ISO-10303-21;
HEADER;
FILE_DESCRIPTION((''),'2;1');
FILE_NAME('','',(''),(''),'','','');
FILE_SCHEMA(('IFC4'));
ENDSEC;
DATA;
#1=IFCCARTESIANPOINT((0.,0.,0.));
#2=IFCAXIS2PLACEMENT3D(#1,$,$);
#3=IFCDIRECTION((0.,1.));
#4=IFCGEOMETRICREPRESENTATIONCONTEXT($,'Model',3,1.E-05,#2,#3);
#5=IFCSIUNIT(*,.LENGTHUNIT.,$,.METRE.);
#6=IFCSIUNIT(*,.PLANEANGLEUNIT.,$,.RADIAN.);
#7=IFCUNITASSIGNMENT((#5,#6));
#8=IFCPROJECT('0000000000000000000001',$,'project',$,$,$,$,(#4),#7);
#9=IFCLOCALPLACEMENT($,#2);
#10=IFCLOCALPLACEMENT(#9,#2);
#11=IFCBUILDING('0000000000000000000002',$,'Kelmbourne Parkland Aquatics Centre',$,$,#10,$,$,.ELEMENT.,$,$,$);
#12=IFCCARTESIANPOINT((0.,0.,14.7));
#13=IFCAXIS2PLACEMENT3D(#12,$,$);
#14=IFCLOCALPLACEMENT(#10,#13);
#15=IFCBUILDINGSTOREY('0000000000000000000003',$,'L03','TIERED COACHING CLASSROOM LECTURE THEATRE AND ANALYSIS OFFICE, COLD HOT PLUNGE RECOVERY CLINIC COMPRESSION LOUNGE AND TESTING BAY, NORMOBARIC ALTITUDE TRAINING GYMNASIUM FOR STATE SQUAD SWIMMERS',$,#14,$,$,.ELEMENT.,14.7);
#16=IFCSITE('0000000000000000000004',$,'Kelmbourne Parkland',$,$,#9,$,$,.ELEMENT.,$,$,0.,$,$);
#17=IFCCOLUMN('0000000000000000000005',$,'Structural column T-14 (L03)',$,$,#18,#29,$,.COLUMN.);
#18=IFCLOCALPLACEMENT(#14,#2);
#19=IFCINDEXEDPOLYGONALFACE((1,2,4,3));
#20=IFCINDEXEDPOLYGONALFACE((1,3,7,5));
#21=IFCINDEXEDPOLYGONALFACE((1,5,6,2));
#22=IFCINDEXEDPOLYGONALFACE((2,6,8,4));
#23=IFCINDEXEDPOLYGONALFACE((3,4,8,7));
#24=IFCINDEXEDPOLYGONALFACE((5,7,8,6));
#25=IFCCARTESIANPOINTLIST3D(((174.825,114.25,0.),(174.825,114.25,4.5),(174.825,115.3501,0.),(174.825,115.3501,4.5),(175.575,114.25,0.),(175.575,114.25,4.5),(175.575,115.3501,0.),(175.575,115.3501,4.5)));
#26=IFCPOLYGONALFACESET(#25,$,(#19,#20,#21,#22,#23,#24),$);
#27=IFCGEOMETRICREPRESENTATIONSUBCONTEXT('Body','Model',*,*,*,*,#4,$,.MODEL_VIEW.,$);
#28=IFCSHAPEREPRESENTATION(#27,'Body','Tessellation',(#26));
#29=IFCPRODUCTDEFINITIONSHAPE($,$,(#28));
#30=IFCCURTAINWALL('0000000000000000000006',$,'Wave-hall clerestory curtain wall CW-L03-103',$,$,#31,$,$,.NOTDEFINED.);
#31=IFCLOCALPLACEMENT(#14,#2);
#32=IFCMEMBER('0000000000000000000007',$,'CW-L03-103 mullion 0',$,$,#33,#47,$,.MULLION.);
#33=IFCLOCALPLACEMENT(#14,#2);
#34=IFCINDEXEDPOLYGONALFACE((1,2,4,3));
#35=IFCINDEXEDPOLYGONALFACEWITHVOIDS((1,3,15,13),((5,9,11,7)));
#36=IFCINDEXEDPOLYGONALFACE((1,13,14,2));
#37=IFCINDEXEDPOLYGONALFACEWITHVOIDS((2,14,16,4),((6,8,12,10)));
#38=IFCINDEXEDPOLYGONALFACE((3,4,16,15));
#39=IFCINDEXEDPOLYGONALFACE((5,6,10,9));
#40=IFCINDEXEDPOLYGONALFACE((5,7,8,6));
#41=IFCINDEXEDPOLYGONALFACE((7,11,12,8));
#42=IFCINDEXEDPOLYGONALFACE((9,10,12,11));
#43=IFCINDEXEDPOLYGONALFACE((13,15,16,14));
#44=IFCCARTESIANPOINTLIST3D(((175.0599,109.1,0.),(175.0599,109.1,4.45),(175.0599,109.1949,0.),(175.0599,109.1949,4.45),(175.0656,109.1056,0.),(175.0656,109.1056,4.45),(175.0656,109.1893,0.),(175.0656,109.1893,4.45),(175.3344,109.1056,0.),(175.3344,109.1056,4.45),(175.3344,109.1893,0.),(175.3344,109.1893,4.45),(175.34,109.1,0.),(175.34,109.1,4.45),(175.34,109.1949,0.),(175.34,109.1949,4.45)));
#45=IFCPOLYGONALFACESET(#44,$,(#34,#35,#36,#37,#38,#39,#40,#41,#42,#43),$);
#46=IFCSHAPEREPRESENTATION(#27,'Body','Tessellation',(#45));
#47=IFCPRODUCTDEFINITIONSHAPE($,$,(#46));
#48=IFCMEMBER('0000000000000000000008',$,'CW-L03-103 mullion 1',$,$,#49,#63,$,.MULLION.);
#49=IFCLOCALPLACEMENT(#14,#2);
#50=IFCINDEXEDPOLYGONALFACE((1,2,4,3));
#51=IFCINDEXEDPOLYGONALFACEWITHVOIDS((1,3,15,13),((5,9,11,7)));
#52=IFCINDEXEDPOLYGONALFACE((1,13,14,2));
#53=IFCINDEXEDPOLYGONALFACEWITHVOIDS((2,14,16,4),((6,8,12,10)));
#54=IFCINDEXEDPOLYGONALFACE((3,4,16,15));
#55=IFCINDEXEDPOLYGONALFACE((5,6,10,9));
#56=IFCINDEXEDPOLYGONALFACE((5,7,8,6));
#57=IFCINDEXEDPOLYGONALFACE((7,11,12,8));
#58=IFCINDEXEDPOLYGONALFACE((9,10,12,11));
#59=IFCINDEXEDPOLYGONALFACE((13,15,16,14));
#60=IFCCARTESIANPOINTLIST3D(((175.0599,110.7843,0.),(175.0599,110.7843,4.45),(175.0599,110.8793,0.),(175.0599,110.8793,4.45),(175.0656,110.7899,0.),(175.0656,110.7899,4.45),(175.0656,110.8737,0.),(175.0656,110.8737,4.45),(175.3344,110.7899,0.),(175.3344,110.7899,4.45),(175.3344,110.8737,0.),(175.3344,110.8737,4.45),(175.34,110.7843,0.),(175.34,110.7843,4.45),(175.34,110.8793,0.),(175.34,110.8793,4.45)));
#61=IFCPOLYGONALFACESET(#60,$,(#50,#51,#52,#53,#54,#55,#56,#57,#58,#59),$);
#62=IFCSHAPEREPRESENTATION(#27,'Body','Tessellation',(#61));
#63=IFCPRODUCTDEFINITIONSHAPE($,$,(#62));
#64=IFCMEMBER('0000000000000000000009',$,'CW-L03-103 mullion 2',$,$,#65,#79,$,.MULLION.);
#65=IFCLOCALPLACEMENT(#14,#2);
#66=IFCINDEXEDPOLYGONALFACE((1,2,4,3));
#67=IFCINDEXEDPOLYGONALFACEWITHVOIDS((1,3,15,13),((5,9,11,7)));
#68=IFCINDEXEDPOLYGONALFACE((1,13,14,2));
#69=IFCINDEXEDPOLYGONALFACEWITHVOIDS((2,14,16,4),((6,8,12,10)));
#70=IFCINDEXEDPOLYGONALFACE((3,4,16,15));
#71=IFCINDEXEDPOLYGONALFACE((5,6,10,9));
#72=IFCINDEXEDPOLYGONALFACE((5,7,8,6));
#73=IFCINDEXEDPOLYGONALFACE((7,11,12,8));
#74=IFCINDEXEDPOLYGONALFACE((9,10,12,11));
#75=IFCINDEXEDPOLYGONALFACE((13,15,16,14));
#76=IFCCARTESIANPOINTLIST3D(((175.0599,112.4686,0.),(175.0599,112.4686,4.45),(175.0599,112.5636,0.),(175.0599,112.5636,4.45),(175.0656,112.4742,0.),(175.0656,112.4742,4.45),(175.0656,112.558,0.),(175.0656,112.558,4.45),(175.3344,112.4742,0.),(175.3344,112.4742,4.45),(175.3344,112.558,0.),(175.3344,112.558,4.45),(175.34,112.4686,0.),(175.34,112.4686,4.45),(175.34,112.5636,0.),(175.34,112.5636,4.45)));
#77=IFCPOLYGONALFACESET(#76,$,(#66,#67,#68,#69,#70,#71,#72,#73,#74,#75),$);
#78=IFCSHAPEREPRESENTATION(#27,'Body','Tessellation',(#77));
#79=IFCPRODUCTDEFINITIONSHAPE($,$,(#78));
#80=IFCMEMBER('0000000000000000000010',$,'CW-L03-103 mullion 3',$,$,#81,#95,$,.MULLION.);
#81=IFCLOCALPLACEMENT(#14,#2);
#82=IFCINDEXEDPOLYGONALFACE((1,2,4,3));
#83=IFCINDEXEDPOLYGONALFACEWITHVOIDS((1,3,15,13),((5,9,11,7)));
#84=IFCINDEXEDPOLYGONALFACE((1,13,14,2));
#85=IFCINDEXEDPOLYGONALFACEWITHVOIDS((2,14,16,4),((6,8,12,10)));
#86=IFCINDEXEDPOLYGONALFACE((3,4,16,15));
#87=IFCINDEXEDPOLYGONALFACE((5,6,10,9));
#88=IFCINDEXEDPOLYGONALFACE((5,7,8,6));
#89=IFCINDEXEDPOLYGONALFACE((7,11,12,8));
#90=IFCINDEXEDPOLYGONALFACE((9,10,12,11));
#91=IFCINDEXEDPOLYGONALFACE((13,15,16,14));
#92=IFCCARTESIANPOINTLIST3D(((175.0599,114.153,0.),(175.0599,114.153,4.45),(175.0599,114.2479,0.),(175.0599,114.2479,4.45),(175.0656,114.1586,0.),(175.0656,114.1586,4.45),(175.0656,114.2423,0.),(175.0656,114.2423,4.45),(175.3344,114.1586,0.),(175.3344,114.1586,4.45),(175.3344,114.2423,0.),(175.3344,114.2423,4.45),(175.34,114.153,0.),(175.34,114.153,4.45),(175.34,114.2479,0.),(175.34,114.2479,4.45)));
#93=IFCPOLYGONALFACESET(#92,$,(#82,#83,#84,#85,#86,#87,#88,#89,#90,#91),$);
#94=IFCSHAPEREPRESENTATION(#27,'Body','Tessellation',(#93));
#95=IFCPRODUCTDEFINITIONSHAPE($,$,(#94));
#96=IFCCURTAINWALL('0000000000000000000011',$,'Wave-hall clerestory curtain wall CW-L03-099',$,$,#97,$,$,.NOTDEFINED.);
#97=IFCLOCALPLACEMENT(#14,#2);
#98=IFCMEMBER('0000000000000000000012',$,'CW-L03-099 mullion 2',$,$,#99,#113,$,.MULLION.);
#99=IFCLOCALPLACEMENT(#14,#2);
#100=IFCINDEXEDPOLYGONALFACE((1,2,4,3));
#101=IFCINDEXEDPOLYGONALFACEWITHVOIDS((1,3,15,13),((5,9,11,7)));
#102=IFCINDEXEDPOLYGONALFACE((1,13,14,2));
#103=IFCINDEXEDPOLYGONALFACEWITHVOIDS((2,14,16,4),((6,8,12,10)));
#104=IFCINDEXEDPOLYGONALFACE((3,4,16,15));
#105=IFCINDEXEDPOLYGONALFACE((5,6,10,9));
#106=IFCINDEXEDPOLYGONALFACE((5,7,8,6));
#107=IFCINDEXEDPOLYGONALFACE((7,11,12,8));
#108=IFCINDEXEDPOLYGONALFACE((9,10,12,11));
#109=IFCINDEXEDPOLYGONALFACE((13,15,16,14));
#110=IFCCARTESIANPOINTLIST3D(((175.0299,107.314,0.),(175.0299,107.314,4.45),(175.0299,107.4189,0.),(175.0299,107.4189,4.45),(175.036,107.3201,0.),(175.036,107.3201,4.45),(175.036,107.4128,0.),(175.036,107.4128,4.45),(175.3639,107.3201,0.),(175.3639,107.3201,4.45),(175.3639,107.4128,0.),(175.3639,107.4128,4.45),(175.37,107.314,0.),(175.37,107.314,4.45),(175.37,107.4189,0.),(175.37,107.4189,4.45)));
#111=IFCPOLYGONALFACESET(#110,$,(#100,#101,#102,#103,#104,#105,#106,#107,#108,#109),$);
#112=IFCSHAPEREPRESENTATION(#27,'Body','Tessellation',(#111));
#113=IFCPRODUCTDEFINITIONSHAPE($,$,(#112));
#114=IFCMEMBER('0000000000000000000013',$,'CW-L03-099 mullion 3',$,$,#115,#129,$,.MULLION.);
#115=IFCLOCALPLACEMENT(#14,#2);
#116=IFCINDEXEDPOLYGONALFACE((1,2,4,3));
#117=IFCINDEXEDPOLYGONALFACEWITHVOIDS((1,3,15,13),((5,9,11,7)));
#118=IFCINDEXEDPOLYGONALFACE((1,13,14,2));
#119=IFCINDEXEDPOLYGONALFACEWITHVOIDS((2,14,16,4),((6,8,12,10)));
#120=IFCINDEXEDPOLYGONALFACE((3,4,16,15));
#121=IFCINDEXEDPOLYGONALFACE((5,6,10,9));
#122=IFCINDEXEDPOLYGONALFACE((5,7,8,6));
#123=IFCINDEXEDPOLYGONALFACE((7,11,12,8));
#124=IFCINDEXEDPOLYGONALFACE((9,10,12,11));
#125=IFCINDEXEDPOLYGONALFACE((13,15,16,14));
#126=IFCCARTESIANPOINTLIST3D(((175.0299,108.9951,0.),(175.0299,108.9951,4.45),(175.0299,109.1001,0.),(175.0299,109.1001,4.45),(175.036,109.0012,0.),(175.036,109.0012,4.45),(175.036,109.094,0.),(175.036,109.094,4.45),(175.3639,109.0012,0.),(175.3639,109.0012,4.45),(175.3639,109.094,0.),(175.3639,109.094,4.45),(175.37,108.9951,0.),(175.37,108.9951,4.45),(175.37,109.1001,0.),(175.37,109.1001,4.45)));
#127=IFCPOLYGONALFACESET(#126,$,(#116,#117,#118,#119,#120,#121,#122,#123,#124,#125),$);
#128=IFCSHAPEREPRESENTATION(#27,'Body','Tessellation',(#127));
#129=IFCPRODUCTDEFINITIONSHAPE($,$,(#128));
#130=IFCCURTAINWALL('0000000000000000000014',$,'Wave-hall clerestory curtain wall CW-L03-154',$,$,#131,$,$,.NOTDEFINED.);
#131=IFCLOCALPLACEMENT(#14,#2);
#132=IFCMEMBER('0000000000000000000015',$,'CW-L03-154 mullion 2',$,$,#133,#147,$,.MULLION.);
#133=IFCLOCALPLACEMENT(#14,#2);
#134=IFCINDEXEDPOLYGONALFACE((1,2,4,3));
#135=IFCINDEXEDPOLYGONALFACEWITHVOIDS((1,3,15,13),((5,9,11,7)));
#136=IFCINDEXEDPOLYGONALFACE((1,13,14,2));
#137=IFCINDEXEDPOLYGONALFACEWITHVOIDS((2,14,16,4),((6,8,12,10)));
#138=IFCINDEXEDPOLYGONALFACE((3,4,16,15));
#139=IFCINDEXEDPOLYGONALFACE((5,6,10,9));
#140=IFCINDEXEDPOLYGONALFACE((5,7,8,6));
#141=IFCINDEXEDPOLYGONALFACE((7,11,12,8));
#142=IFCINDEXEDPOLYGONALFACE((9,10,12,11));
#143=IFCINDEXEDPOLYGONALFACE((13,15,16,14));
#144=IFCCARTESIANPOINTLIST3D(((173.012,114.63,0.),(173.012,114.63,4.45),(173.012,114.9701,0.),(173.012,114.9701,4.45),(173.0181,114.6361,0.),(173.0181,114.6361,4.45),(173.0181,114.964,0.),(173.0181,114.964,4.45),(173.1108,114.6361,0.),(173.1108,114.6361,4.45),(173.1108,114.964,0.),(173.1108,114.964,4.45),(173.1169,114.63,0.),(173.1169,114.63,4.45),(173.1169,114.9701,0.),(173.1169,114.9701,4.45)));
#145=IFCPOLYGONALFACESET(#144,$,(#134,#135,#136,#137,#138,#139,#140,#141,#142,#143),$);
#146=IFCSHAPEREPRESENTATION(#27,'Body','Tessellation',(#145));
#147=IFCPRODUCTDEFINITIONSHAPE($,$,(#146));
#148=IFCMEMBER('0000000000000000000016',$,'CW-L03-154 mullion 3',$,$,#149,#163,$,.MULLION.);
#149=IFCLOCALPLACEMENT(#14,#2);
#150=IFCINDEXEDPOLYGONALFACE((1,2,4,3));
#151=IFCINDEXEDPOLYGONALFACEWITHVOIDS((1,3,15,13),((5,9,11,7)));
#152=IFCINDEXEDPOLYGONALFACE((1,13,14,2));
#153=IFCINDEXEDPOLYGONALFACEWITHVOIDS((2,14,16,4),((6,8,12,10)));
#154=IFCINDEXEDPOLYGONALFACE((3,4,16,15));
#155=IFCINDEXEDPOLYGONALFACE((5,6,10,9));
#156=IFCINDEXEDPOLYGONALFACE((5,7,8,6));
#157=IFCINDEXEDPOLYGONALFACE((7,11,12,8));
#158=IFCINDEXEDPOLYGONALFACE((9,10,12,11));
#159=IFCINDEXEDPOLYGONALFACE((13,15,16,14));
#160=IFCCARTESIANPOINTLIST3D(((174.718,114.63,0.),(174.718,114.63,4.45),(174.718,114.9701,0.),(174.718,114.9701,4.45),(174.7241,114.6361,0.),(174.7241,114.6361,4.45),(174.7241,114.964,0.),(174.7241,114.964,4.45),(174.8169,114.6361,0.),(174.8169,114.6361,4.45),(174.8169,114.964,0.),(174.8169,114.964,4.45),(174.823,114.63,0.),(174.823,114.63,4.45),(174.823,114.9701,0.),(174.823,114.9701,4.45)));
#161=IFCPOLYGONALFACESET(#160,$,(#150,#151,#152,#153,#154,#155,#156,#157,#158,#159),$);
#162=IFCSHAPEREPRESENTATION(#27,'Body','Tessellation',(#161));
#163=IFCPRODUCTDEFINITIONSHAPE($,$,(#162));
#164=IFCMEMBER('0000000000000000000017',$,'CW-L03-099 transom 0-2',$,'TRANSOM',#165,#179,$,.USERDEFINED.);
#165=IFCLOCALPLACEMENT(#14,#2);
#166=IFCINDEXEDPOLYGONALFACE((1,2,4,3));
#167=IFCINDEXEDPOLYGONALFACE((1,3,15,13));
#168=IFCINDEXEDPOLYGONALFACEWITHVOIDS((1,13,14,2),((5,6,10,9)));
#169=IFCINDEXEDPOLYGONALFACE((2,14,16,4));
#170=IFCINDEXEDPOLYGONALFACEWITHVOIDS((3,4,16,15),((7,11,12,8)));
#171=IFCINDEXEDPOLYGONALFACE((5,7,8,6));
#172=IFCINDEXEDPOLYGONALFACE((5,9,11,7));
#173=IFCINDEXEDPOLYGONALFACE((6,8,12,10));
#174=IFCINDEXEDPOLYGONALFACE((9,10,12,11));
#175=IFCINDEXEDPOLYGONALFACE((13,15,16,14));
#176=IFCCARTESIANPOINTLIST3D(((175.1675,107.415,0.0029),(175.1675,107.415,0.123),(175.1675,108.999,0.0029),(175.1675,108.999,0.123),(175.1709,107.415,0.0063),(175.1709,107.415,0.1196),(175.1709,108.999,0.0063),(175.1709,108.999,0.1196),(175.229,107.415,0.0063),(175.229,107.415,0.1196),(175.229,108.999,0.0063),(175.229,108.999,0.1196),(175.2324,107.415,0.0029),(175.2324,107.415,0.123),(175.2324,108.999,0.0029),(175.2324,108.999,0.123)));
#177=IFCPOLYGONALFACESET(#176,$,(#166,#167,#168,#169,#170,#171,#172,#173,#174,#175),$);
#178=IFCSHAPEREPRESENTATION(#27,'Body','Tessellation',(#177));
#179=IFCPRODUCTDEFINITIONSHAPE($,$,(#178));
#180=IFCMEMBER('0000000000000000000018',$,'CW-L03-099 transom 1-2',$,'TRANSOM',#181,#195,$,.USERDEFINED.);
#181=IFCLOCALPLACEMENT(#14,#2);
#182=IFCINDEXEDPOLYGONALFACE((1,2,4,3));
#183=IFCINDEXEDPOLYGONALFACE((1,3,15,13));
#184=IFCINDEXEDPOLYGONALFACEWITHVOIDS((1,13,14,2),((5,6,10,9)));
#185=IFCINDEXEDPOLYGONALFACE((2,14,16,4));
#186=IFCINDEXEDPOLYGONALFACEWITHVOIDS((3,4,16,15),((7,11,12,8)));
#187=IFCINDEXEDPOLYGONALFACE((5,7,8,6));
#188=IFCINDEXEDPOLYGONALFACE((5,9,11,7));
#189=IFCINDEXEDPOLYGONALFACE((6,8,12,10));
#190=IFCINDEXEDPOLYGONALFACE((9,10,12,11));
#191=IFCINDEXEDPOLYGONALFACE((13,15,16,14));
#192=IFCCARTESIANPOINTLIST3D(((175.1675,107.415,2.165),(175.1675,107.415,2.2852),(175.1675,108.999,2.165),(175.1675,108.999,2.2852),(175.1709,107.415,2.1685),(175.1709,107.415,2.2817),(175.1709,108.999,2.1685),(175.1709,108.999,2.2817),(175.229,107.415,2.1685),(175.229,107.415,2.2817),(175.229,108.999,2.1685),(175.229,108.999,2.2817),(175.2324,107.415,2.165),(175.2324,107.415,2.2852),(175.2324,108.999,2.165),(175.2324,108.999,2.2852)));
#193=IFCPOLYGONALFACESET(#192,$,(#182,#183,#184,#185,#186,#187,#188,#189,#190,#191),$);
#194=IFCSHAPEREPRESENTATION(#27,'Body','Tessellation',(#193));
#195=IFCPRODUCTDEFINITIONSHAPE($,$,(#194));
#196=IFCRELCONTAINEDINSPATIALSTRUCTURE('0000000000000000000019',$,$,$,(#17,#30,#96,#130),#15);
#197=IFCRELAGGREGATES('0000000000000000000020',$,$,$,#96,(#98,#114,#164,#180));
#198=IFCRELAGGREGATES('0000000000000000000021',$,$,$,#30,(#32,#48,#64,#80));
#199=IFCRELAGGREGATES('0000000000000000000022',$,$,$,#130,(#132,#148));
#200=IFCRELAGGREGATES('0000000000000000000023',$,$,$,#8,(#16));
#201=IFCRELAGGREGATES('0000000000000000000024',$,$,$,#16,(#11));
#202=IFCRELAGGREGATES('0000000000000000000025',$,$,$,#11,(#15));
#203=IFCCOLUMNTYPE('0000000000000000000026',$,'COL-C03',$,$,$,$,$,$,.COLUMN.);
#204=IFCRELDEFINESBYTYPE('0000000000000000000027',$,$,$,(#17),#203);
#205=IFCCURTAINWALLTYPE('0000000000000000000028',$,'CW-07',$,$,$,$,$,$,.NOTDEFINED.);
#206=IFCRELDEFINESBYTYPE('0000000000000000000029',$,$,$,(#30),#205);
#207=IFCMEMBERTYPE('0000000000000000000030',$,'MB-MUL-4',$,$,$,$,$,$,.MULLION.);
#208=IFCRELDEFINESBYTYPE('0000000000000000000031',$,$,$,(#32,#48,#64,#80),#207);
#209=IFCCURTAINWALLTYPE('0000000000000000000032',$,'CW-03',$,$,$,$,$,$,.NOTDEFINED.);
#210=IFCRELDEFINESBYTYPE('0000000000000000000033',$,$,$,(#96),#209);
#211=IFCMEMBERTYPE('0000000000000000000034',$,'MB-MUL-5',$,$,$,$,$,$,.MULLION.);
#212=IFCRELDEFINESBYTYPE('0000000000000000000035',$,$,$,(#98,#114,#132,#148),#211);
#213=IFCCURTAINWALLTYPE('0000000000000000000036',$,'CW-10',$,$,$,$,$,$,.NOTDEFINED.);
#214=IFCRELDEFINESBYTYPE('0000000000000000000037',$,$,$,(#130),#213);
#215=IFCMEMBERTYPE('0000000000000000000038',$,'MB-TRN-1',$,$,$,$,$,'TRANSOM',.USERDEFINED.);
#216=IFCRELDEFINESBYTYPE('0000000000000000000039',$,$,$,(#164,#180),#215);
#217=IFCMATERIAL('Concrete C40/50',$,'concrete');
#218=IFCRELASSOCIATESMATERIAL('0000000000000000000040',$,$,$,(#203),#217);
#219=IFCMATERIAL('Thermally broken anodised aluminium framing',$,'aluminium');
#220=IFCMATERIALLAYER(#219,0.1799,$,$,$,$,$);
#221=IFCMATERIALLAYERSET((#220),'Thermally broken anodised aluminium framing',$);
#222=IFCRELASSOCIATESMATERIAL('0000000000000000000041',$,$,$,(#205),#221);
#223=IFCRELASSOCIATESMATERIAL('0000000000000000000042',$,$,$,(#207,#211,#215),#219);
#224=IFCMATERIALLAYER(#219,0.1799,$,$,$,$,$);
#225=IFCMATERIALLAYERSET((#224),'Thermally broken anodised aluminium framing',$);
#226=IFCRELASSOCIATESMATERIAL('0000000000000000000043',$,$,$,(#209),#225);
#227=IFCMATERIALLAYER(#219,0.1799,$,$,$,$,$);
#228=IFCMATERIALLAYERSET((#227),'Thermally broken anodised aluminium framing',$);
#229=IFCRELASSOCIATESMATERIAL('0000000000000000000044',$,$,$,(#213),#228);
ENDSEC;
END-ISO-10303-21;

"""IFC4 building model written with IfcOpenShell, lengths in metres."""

from ifc_helpers import new_model, si_unit, direction, frame, origin, origin_2d, place, context, subcontext, project, spatial, rectangle, hollow_rectangle, extrude, material, layer, layer_set, material_profile, profile_set, type_object, element, aggregate, save


model = new_model("IFC4")

# Units and contexts
model_context = context("Model", 3, precision=1e-05, world=origin(), true_north=direction((0.0, 1.0)))
body_context = subcontext(model_context, "Body", "Model", "MODEL_VIEW")
ifc_project = project(units=[si_unit("LENGTHUNIT", "METRE"), si_unit("PLANEANGLEUNIT", "RADIAN")], contexts=[model_context])

# Site, building, storey
site_placement = place(None, origin())
site = spatial("IfcSite", under=ifc_project, at=site_placement, Name="Kelmbourne Parkland", CompositionType="ELEMENT", RefElevation=0.0)
building_placement = place(site_placement, origin())
building = spatial("IfcBuilding", under=site, at=building_placement, Name="Kelmbourne Parkland Aquatics Centre", CompositionType="ELEMENT")
storey_placement = place(building_placement, frame((0.0, 0.0, 14.7)))
storey = spatial("IfcBuildingStorey", under=building, at=storey_placement, Name="L03", Description="TIERED COACHING CLASSROOM LECTURE THEATRE AND ANALYSIS OFFICE, COLD HOT PLUNGE RECOVERY CLINIC COMPRESSION LOUNGE AND TESTING BAY, NORMOBARIC ALTITUDE TRAINING GYMNASIUM FOR STATE SQUAD SWIMMERS", CompositionType="ELEMENT", Elevation=14.7)

# Column
ifc_material_1 = material(Name="Concrete C40/50", Category="concrete")
ifc_material_profile_1 = material_profile(ifc_material_1, rectangle(XDim=0.75, YDim=1.1001, at=origin_2d()), Name="RC 750x1100")
ifc_profile_set_1 = profile_set([ifc_material_profile_1], Name="Concrete C40/50")
column_type = type_object("IfcColumnType", Name="COL-C03", PredefinedType="COLUMN", material=ifc_profile_set_1)
column_placement = place(storey_placement, frame((175.2, 114.8, 0.0), z_axis=(0.0, 0.0, 1.0), x_axis=(1.0, 0.0, 0.0)))
element("IfcColumn", 1, at=column_placement, inside=storey, type_object=column_type, Name="Structural column T-14 (L03)", PredefinedType="COLUMN", context=body_context, shape_type="SweptSolid", body=[
    extrude(rectangle(XDim=0.75, YDim=1.1001, at=origin_2d()), origin(), (0.0, 0.0, 1.0), 4.5),
])

# Curtain walls, members
ifc_material_2 = material(Name="Thermally broken anodised aluminium framing", Category="aluminium")
ifc_layer_1 = layer(ifc_material_2, 0.1799)
ifc_layer_set_1 = layer_set([ifc_layer_1], Name="Thermally broken anodised aluminium framing")
curtain_wall_type_1 = type_object("IfcCurtainWallType", Name="CW-07", PredefinedType="NOTDEFINED", material=ifc_layer_set_1)
curtain_wall_1_placement = place(storey_placement, origin())
curtain_wall_1 = element("IfcCurtainWall", 2, at=curtain_wall_1_placement, inside=storey, type_object=curtain_wall_type_1, Name="Wave-hall clerestory curtain wall CW-L03-103", PredefinedType="NOTDEFINED")
ifc_material_profile_2 = material_profile(ifc_material_2, hollow_rectangle(XDim=0.095, YDim=0.28, WallThickness=0.0056, at=origin_2d()), Name="CW-M 95x280")
ifc_profile_set_2 = profile_set([ifc_material_profile_2], Name="Thermally broken anodised aluminium framing")
member_type_1 = type_object("IfcMemberType", Name="MB-MUL-4", PredefinedType="MULLION", material=ifc_profile_set_2)
member_1_placement = place(storey_placement, frame((175.2, 109.1475, 0.0), z_axis=(0.0, 0.0, 1.0), x_axis=(0.0, 1.0, 0.0)))
member_1 = element("IfcMember", 3, at=member_1_placement, type_object=member_type_1, Name="CW-L03-103 mullion 0", PredefinedType="MULLION", context=body_context, shape_type="SweptSolid", body=[
    extrude(hollow_rectangle(XDim=0.095, YDim=0.28, WallThickness=0.0056, at=origin_2d()), origin(), (0.0, 0.0, 1.0), 4.45),
])
member_2_placement = place(storey_placement, frame((175.2, 110.8318, 0.0), z_axis=(0.0, 0.0, 1.0), x_axis=(0.0, 1.0, 0.0)))
member_2 = element("IfcMember", 4, at=member_2_placement, type_object=member_type_1, Name="CW-L03-103 mullion 1", PredefinedType="MULLION", context=body_context, shape_type="SweptSolid", body=[
    extrude(hollow_rectangle(XDim=0.095, YDim=0.28, WallThickness=0.0056, at=origin_2d()), origin(), (0.0, 0.0, 1.0), 4.45),
])
member_3_placement = place(storey_placement, frame((175.2, 112.5161, 0.0), z_axis=(0.0, 0.0, 1.0), x_axis=(0.0, 1.0, 0.0)))
member_3 = element("IfcMember", 5, at=member_3_placement, type_object=member_type_1, Name="CW-L03-103 mullion 2", PredefinedType="MULLION", context=body_context, shape_type="SweptSolid", body=[
    extrude(hollow_rectangle(XDim=0.095, YDim=0.28, WallThickness=0.0056, at=origin_2d()), origin(), (0.0, 0.0, 1.0), 4.45),
])
member_4_placement = place(storey_placement, frame((175.2, 114.2004, 0.0), z_axis=(0.0, 0.0, 1.0), x_axis=(0.0, 1.0, 0.0)))
member_4 = element("IfcMember", 6, at=member_4_placement, type_object=member_type_1, Name="CW-L03-103 mullion 3", PredefinedType="MULLION", context=body_context, shape_type="SweptSolid", body=[
    extrude(hollow_rectangle(XDim=0.095, YDim=0.28, WallThickness=0.0056, at=origin_2d()), origin(), (0.0, 0.0, 1.0), 4.45),
])
ifc_layer_2 = layer(ifc_material_2, 0.1799)
ifc_layer_set_2 = layer_set([ifc_layer_2], Name="Thermally broken anodised aluminium framing")
curtain_wall_type_2 = type_object("IfcCurtainWallType", Name="CW-03", PredefinedType="NOTDEFINED", material=ifc_layer_set_2)
curtain_wall_2_placement = place(storey_placement, origin())
curtain_wall_2 = element("IfcCurtainWall", 7, at=curtain_wall_2_placement, inside=storey, type_object=curtain_wall_type_2, Name="Wave-hall clerestory curtain wall CW-L03-099", PredefinedType="NOTDEFINED")
ifc_material_profile_3 = material_profile(ifc_material_2, hollow_rectangle(XDim=0.105, YDim=0.3401, WallThickness=0.0061, at=origin_2d()), Name="CW-M 105x340")
ifc_profile_set_3 = profile_set([ifc_material_profile_3], Name="Thermally broken anodised aluminium framing")
member_type_2 = type_object("IfcMemberType", Name="MB-MUL-5", PredefinedType="MULLION", material=ifc_profile_set_3)
member_5_placement = place(storey_placement, frame((175.2, 107.3665, 0.0), z_axis=(0.0, 0.0, 1.0), x_axis=(0.0, 1.0, 0.0)))
member_5 = element("IfcMember", 8, at=member_5_placement, type_object=member_type_2, Name="CW-L03-099 mullion 2", PredefinedType="MULLION", context=body_context, shape_type="SweptSolid", body=[
    extrude(hollow_rectangle(XDim=0.105, YDim=0.3401, WallThickness=0.0061, at=origin_2d()), origin(), (0.0, 0.0, 1.0), 4.45),
])
member_6_placement = place(storey_placement, frame((175.2, 109.0476, 0.0), z_axis=(0.0, 0.0, 1.0), x_axis=(0.0, 1.0, 0.0)))
member_6 = element("IfcMember", 9, at=member_6_placement, type_object=member_type_2, Name="CW-L03-099 mullion 3", PredefinedType="MULLION", context=body_context, shape_type="SweptSolid", body=[
    extrude(hollow_rectangle(XDim=0.105, YDim=0.3401, WallThickness=0.0061, at=origin_2d()), origin(), (0.0, 0.0, 1.0), 4.45),
])
ifc_layer_3 = layer(ifc_material_2, 0.1799)
ifc_layer_set_3 = layer_set([ifc_layer_3], Name="Thermally broken anodised aluminium framing")
curtain_wall_type_3 = type_object("IfcCurtainWallType", Name="CW-10", PredefinedType="NOTDEFINED", material=ifc_layer_set_3)
curtain_wall_3_placement = place(storey_placement, origin())
curtain_wall_3 = element("IfcCurtainWall", 10, at=curtain_wall_3_placement, inside=storey, type_object=curtain_wall_type_3, Name="Wave-hall clerestory curtain wall CW-L03-154", PredefinedType="NOTDEFINED")
member_7_placement = place(storey_placement, frame((173.0645, 114.8, 0.0), z_axis=(0.0, 0.0, 1.0), x_axis=(1.0, 0.0, 0.0)))
member_7 = element("IfcMember", 11, at=member_7_placement, type_object=member_type_2, Name="CW-L03-154 mullion 2", PredefinedType="MULLION", context=body_context, shape_type="SweptSolid", body=[
    extrude(hollow_rectangle(XDim=0.105, YDim=0.3401, WallThickness=0.0061, at=origin_2d()), origin(), (0.0, 0.0, 1.0), 4.45),
])
member_8_placement = place(storey_placement, frame((174.7705, 114.8, 0.0), z_axis=(0.0, 0.0, 1.0), x_axis=(1.0, 0.0, 0.0)))
member_8 = element("IfcMember", 12, at=member_8_placement, type_object=member_type_2, Name="CW-L03-154 mullion 3", PredefinedType="MULLION", context=body_context, shape_type="SweptSolid", body=[
    extrude(hollow_rectangle(XDim=0.105, YDim=0.3401, WallThickness=0.0061, at=origin_2d()), origin(), (0.0, 0.0, 1.0), 4.45),
])

# Members
ifc_material_profile_4 = material_profile(ifc_material_2, hollow_rectangle(XDim=0.0649, YDim=0.1201, WallThickness=0.0034, at=origin_2d()), Name="CW-T 65x120")
ifc_profile_set_4 = profile_set([ifc_material_profile_4], Name="Thermally broken anodised aluminium framing")
member_type_3 = type_object("IfcMemberType", Name="MB-TRN-1", ElementType="TRANSOM", PredefinedType="USERDEFINED", material=ifc_profile_set_4)
member_9_placement = place(storey_placement, frame((175.2, 107.415, 0.063), z_axis=(0.0, 1.0, 0.0), x_axis=(-1.0, 0.0, 0.0)))
member_9 = element("IfcMember", 13, at=member_9_placement, type_object=member_type_3, Name="CW-L03-099 transom 0-2", ObjectType="TRANSOM", PredefinedType="USERDEFINED", context=body_context, shape_type="SweptSolid", body=[
    extrude(hollow_rectangle(XDim=0.0649, YDim=0.1201, WallThickness=0.0034, at=origin_2d()), origin(), (0.0, 0.0, 1.0), 1.584),
])
member_10_placement = place(storey_placement, frame((175.2, 107.415, 2.2251), z_axis=(0.0, 1.0, 0.0), x_axis=(-1.0, 0.0, 0.0)))
member_10 = element("IfcMember", 14, at=member_10_placement, type_object=member_type_3, Name="CW-L03-099 transom 1-2", ObjectType="TRANSOM", PredefinedType="USERDEFINED", context=body_context, shape_type="SweptSolid", body=[
    extrude(hollow_rectangle(XDim=0.0649, YDim=0.1201, WallThickness=0.0034, at=origin_2d()), origin(), (0.0, 0.0, 1.0), 1.584),
])

aggregate(curtain_wall_2, [member_5, member_6, member_9, member_10])
aggregate(curtain_wall_1, [member_1, member_2, member_3, member_4])
aggregate(curtain_wall_3, [member_7, member_8])

save(model, "model.ifc")
